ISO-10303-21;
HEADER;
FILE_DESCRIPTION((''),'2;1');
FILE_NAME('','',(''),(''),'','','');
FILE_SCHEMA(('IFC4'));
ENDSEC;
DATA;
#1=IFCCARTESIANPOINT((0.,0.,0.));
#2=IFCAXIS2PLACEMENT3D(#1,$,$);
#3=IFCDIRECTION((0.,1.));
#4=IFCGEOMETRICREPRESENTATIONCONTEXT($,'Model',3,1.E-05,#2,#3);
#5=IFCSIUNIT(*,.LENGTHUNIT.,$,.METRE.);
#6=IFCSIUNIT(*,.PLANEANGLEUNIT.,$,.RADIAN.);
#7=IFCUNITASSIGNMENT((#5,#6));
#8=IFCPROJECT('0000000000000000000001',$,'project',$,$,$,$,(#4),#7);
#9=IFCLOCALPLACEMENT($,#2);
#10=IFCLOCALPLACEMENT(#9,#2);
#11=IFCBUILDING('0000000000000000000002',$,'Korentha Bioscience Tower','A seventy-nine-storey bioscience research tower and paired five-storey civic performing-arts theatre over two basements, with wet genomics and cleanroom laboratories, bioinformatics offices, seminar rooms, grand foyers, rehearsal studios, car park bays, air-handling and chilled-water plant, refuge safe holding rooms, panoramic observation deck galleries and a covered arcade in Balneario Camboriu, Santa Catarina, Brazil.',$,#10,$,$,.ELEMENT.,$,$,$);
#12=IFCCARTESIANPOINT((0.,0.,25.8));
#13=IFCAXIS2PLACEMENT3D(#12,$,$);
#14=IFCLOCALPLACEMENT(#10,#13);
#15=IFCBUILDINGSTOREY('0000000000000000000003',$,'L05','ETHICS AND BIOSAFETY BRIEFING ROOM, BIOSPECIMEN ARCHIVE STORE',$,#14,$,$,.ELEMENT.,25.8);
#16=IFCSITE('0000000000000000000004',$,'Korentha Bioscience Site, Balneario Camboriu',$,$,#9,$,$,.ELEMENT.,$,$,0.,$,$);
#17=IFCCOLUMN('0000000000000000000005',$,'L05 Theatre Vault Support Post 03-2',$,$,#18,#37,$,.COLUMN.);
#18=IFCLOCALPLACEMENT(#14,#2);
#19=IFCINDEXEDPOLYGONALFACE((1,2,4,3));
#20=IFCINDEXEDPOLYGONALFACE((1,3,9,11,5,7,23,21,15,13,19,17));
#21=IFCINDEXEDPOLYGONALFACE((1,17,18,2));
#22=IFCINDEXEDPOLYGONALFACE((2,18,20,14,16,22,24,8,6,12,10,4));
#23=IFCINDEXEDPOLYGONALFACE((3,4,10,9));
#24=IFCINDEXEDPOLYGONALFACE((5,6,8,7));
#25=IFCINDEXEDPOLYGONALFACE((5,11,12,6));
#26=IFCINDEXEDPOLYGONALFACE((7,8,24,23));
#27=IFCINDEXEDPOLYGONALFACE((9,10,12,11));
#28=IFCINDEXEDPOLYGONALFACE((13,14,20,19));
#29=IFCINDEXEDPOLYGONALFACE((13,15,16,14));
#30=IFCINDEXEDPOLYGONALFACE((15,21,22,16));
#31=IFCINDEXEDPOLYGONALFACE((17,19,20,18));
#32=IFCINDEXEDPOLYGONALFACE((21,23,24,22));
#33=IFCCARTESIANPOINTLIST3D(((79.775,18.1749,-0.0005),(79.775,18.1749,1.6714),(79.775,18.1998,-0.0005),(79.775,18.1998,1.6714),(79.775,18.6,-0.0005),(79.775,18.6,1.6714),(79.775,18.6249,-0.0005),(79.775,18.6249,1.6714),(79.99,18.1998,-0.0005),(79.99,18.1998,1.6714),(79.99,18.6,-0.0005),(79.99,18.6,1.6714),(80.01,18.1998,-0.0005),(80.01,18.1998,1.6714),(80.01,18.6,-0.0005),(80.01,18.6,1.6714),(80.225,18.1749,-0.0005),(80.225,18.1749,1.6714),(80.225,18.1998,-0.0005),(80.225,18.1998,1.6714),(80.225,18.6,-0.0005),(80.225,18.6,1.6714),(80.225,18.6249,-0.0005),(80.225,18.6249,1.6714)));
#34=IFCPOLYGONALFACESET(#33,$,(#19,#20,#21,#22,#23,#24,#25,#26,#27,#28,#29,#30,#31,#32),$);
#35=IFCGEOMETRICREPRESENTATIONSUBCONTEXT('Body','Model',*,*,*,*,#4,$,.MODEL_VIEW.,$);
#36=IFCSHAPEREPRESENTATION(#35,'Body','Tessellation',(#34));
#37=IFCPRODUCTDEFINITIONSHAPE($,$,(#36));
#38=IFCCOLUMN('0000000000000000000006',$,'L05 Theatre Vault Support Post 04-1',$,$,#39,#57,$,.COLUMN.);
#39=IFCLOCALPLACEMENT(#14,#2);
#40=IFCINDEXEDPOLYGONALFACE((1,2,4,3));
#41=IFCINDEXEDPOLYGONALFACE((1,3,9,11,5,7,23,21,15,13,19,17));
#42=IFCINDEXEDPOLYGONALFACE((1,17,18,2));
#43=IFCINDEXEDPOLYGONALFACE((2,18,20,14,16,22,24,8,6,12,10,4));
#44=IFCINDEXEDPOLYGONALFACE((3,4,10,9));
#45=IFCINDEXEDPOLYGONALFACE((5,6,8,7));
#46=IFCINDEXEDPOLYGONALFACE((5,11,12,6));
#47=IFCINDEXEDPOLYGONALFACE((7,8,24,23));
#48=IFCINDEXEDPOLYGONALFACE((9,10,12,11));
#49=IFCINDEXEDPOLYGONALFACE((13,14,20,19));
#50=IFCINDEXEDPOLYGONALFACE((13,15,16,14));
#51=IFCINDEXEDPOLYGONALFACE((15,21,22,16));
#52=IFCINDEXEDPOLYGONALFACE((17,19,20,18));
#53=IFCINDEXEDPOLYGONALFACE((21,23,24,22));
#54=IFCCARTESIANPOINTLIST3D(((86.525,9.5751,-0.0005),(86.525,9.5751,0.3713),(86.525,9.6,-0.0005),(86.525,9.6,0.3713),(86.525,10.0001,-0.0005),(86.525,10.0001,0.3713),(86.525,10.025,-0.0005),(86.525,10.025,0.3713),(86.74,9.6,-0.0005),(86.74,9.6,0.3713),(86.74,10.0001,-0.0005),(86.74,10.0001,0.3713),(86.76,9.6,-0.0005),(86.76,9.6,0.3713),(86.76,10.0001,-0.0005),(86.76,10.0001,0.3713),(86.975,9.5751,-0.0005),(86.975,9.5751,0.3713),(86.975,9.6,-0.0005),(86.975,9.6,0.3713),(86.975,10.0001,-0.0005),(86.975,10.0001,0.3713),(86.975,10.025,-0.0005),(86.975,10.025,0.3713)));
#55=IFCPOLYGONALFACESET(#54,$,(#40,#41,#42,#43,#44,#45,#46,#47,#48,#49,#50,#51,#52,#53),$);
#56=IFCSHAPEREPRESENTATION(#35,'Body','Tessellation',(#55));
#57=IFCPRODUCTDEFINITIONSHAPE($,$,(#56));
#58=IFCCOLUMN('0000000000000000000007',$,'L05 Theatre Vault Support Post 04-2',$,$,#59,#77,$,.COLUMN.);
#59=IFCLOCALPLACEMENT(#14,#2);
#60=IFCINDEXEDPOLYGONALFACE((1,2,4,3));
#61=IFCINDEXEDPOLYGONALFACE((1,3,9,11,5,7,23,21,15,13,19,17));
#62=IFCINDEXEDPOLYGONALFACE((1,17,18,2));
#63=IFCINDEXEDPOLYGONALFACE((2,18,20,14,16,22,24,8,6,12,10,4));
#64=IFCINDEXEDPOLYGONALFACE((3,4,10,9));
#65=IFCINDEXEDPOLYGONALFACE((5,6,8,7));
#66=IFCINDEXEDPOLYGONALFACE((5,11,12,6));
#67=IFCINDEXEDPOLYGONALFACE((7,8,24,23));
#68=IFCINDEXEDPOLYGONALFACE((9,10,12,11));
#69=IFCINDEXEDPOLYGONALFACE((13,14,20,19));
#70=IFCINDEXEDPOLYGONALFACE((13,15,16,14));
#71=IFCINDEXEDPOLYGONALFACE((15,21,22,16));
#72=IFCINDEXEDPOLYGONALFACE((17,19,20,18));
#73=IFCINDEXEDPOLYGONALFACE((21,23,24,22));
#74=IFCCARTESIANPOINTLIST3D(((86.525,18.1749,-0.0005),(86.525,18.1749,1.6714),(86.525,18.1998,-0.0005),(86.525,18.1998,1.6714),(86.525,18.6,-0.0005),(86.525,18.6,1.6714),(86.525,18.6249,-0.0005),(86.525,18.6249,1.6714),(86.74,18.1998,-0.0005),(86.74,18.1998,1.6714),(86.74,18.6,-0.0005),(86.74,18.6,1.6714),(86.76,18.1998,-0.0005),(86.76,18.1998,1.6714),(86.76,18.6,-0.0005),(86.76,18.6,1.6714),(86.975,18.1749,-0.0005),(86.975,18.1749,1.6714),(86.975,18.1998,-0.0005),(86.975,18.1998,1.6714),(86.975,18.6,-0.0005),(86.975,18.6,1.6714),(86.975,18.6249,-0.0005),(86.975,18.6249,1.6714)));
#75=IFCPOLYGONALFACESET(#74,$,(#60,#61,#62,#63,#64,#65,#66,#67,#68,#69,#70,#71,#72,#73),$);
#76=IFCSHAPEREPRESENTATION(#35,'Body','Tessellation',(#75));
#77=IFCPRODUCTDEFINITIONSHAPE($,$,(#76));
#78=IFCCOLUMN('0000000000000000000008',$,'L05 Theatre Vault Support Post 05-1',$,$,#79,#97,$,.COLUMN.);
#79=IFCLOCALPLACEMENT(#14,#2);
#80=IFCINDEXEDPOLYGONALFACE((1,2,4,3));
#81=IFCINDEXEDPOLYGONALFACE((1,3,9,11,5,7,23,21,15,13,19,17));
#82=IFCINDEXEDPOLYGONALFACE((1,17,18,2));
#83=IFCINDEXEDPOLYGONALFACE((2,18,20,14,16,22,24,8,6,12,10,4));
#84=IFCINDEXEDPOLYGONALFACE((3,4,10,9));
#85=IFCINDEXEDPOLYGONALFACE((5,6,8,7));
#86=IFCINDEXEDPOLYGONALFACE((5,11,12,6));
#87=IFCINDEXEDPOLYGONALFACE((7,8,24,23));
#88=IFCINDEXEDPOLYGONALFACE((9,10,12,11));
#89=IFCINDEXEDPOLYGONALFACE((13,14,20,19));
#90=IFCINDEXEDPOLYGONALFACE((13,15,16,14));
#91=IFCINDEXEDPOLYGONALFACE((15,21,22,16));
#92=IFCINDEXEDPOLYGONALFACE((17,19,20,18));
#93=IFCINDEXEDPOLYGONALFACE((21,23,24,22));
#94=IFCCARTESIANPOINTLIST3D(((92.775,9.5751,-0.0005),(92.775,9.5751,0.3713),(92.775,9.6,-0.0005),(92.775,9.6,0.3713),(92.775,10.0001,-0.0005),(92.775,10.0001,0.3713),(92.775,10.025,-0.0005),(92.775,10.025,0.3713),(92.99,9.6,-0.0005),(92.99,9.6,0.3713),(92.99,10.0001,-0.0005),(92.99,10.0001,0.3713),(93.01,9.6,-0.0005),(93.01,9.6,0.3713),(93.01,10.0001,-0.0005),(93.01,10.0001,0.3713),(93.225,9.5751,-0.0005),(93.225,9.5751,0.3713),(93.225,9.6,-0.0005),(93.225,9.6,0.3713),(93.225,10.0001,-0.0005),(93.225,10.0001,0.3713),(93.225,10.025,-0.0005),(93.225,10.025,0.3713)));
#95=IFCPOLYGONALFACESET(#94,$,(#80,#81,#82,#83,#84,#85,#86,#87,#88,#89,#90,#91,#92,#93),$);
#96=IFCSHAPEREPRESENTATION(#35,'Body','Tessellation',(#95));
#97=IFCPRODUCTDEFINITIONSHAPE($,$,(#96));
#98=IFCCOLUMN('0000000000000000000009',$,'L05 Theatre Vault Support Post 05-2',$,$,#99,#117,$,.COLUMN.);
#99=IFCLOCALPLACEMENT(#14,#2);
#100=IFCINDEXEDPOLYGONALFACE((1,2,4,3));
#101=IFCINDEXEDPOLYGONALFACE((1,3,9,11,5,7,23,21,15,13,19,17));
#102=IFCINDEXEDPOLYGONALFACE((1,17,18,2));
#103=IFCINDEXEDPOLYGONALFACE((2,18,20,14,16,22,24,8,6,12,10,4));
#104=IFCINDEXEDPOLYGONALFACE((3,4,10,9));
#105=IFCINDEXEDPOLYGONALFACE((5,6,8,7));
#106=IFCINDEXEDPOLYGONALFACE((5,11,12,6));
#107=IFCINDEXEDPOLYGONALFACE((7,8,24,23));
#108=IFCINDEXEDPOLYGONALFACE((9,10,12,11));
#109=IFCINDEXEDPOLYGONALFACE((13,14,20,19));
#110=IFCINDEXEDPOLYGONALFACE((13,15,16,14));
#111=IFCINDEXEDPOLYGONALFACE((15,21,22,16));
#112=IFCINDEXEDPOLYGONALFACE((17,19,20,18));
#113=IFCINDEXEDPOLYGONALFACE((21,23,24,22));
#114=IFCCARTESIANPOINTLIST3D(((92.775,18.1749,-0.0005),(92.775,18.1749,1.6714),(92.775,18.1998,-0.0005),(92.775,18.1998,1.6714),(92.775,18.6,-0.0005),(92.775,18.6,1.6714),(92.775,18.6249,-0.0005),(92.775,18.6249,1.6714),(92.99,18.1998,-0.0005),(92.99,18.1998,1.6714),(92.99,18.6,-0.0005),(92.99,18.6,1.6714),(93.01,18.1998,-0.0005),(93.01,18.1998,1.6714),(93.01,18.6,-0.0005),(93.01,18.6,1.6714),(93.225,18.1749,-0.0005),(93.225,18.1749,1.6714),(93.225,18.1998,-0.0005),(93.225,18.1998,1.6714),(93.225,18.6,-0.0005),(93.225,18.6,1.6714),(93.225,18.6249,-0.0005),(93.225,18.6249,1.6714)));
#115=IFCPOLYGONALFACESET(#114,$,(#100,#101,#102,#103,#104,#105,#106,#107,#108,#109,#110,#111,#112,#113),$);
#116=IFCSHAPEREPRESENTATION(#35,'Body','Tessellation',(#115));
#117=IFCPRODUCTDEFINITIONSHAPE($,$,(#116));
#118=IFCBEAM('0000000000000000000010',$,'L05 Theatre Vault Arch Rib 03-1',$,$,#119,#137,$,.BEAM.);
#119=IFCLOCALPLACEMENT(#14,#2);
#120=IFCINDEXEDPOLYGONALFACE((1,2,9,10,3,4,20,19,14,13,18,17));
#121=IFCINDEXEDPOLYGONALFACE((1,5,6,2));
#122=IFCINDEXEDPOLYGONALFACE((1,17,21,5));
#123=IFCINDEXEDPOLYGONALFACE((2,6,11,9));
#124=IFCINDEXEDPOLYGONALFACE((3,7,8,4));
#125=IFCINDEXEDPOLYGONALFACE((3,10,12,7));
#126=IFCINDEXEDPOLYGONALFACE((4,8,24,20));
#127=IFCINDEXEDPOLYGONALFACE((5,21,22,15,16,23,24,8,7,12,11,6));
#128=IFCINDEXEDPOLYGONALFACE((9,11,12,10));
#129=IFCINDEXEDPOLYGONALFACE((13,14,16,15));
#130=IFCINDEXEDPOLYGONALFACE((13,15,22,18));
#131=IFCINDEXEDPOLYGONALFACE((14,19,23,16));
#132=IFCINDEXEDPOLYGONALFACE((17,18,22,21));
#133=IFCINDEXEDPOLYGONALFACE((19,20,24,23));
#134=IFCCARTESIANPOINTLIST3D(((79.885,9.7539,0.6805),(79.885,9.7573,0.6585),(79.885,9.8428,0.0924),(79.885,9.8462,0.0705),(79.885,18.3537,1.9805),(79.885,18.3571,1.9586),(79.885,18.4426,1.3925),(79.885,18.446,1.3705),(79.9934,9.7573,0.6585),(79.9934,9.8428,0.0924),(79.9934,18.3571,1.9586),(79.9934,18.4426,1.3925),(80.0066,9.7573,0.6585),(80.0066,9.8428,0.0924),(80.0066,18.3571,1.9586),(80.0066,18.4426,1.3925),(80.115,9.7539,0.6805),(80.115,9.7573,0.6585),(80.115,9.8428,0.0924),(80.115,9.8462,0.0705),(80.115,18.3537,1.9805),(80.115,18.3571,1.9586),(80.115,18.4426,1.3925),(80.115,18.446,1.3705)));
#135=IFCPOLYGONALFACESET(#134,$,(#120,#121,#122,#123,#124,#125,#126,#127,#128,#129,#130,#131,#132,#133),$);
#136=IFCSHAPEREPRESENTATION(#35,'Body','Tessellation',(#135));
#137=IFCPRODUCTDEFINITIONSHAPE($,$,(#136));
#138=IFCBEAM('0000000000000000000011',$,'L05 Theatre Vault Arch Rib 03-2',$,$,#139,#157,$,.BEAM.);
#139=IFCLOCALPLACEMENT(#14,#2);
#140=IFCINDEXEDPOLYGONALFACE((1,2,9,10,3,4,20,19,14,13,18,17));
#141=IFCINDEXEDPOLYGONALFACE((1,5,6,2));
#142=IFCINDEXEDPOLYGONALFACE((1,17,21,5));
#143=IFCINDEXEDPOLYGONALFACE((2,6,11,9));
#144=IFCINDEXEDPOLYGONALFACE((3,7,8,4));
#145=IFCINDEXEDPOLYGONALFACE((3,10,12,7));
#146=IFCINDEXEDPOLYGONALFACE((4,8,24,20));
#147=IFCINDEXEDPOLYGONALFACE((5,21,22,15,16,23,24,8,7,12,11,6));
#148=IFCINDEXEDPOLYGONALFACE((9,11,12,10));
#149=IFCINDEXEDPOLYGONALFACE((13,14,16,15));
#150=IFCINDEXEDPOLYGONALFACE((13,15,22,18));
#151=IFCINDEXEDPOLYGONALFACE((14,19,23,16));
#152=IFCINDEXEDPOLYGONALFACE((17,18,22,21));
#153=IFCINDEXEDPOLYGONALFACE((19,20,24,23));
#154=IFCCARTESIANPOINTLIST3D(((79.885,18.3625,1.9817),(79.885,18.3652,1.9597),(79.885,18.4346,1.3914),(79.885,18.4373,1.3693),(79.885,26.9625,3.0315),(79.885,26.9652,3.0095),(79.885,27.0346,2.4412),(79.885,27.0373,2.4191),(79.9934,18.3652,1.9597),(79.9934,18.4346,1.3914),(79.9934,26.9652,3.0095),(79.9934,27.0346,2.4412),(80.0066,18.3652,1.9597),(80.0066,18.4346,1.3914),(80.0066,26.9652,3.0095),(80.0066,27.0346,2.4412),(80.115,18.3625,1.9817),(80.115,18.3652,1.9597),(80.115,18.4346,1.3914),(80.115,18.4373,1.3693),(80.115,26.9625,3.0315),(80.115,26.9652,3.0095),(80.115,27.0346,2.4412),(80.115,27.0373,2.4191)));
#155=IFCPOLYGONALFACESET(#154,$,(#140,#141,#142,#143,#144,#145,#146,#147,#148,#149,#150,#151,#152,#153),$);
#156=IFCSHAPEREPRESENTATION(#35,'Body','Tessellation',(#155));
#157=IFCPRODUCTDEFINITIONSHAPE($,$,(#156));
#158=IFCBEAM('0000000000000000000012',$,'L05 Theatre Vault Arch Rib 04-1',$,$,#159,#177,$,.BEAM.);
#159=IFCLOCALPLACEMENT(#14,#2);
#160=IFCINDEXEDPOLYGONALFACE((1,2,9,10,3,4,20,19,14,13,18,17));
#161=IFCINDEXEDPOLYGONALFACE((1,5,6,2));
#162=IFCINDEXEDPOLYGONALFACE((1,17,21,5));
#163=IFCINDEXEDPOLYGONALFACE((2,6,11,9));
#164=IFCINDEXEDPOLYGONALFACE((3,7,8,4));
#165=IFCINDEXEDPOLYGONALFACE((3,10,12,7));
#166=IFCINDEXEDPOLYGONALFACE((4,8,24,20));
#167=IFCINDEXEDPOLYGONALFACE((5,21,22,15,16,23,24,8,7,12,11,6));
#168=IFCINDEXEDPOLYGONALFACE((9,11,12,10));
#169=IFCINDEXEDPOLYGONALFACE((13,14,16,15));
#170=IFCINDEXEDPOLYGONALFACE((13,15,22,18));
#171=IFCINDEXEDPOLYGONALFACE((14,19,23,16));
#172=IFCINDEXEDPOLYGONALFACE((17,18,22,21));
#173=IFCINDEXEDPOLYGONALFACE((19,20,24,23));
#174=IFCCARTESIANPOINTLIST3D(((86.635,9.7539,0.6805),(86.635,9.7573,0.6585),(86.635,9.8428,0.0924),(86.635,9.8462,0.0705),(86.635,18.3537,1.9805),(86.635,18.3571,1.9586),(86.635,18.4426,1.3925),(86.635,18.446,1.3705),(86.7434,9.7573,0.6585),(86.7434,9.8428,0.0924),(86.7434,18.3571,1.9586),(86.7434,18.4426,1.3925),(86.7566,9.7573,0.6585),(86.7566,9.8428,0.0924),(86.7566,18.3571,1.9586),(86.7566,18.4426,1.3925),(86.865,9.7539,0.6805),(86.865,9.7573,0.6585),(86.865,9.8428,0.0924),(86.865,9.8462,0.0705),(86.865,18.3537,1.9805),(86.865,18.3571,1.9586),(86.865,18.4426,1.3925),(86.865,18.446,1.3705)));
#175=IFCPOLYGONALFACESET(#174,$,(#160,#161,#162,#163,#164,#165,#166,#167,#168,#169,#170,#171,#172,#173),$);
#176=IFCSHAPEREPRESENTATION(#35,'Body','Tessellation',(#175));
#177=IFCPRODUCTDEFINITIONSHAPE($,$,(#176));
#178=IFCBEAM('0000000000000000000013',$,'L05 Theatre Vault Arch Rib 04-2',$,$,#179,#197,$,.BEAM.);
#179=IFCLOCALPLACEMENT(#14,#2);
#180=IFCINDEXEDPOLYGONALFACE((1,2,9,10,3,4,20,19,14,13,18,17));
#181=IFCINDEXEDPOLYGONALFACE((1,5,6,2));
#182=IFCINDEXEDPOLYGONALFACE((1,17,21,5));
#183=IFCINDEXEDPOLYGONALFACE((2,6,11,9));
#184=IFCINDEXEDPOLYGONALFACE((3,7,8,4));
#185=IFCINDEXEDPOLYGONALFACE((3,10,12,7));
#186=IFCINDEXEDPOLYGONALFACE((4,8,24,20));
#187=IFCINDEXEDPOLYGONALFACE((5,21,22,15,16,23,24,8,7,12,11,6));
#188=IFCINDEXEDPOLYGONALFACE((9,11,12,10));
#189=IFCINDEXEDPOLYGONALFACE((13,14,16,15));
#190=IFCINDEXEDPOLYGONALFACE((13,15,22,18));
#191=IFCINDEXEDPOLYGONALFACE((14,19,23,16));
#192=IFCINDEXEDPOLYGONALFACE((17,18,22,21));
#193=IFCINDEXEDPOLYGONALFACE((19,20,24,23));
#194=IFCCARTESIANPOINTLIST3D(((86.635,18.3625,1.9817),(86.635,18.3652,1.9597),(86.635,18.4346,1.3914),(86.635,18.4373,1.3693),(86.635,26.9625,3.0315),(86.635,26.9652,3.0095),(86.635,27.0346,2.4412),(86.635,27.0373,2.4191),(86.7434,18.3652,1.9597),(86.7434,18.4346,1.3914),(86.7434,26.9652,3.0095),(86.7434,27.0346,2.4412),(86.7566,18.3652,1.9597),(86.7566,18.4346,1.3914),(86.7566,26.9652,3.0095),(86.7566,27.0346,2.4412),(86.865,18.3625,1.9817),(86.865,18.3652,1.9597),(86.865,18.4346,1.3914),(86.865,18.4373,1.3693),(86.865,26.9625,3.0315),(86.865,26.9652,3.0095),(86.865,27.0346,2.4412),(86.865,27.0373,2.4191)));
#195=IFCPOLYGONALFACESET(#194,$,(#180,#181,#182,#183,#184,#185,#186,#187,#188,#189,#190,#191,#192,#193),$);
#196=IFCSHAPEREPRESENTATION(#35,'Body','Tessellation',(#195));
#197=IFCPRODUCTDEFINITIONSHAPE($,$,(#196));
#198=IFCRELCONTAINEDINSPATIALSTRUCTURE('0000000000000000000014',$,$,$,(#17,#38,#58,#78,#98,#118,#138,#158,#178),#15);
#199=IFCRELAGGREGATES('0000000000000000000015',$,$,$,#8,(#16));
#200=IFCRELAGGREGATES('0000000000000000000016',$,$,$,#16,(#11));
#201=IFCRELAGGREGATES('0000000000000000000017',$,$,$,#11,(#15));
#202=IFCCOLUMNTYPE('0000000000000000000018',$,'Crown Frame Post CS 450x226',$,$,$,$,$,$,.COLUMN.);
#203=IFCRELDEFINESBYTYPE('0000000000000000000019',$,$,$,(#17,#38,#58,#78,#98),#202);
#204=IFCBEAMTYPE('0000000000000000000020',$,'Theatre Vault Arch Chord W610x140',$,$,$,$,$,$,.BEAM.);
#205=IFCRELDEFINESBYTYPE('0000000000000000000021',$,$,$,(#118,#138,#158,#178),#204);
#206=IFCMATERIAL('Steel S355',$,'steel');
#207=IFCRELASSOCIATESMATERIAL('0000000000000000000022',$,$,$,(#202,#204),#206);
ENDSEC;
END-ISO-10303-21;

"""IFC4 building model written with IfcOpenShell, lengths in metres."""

from ifc_helpers import new_model, si_unit, direction, frame, origin, origin_2d, place, context, subcontext, project, spatial, i_section, extrude, material, material_profile, profile_set, type_object, element, save


model = new_model("IFC4")

# Units and contexts
model_context = context("Model", 3, precision=1e-05, world=origin(), true_north=direction((0.0, 1.0)))
body_context = subcontext(model_context, "Body", "Model", "MODEL_VIEW")
ifc_project = project(units=[si_unit("LENGTHUNIT", "METRE"), si_unit("PLANEANGLEUNIT", "RADIAN")], contexts=[model_context])

# Site, building, storey
site_placement = place(None, origin())
site = spatial("IfcSite", under=ifc_project, at=site_placement, Name="Korentha Bioscience Site, Balneario Camboriu", CompositionType="ELEMENT", RefElevation=0.0)
building_placement = place(site_placement, origin())
building = spatial("IfcBuilding", under=site, at=building_placement, Name="Korentha Bioscience Tower", Description="A seventy-nine-storey bioscience research tower and paired five-storey civic performing-arts theatre over two basements, with wet genomics and cleanroom laboratories, bioinformatics offices, seminar rooms, grand foyers, rehearsal studios, car park bays, air-handling and chilled-water plant, refuge safe holding rooms, panoramic observation deck galleries and a covered arcade in Balneario Camboriu, Santa Catarina, Brazil.", CompositionType="ELEMENT")
storey_placement = place(building_placement, frame((0.0, 0.0, 25.8)))
storey = spatial("IfcBuildingStorey", under=building, at=storey_placement, Name="L05", Description="ETHICS AND BIOSAFETY BRIEFING ROOM, BIOSPECIMEN ARCHIVE STORE", CompositionType="ELEMENT", Elevation=25.8)

# Columns
ifc_material = material(Name="Steel S355", Category="steel")
ifc_material_profile_1 = material_profile(ifc_material, i_section(OverallWidth=0.45, OverallDepth=0.45, WebThickness=0.02, FlangeThickness=0.0249, at=origin_2d()), Name="Steel S355")
ifc_profile_set_1 = profile_set([ifc_material_profile_1], Name="Steel S355 (CF-C1)")
column_type = type_object("IfcColumnType", Name="Crown Frame Post CS 450x226", PredefinedType="COLUMN", material=ifc_profile_set_1)
column_1_placement = place(storey_placement, frame((80.0, 18.3999, -0.0005), z_axis=(0.0, 0.0, 1.0), x_axis=(1.0, 0.0, 0.0)))
element("IfcColumn", 1, at=column_1_placement, inside=storey, type_object=column_type, Name="L05 Theatre Vault Support Post 03-2", PredefinedType="COLUMN", context=body_context, shape_type="SweptSolid", body=[
    extrude(i_section(OverallWidth=0.45, OverallDepth=0.45, WebThickness=0.02, FlangeThickness=0.0249, at=origin_2d()), origin(), (0.0, 0.0, 1.0), 1.6719),
])
column_2_placement = place(storey_placement, frame((86.75, 9.8, -0.0005), z_axis=(0.0, 0.0, 1.0), x_axis=(1.0, 0.0, 0.0)))
element("IfcColumn", 2, at=column_2_placement, inside=storey, type_object=column_type, Name="L05 Theatre Vault Support Post 04-1", PredefinedType="COLUMN", context=body_context, shape_type="SweptSolid", body=[
    extrude(i_section(OverallWidth=0.45, OverallDepth=0.45, WebThickness=0.02, FlangeThickness=0.0249, at=origin_2d()), origin(), (0.0, 0.0, 1.0), 0.3718),
])
column_3_placement = place(storey_placement, frame((86.75, 18.3999, -0.0005), z_axis=(0.0, 0.0, 1.0), x_axis=(1.0, 0.0, 0.0)))
element("IfcColumn", 3, at=column_3_placement, inside=storey, type_object=column_type, Name="L05 Theatre Vault Support Post 04-2", PredefinedType="COLUMN", context=body_context, shape_type="SweptSolid", body=[
    extrude(i_section(OverallWidth=0.45, OverallDepth=0.45, WebThickness=0.02, FlangeThickness=0.0249, at=origin_2d()), origin(), (0.0, 0.0, 1.0), 1.6719),
])
column_4_placement = place(storey_placement, frame((93.0, 9.8, -0.0005), z_axis=(0.0, 0.0, 1.0), x_axis=(1.0, 0.0, 0.0)))
element("IfcColumn", 4, at=column_4_placement, inside=storey, type_object=column_type, Name="L05 Theatre Vault Support Post 05-1", PredefinedType="COLUMN", context=body_context, shape_type="SweptSolid", body=[
    extrude(i_section(OverallWidth=0.45, OverallDepth=0.45, WebThickness=0.02, FlangeThickness=0.0249, at=origin_2d()), origin(), (0.0, 0.0, 1.0), 0.3718),
])
column_5_placement = place(storey_placement, frame((93.0, 18.3999, -0.0005), z_axis=(0.0, 0.0, 1.0), x_axis=(1.0, 0.0, 0.0)))
element("IfcColumn", 5, at=column_5_placement, inside=storey, type_object=column_type, Name="L05 Theatre Vault Support Post 05-2", PredefinedType="COLUMN", context=body_context, shape_type="SweptSolid", body=[
    extrude(i_section(OverallWidth=0.45, OverallDepth=0.45, WebThickness=0.02, FlangeThickness=0.0249, at=origin_2d()), origin(), (0.0, 0.0, 1.0), 1.6719),
])

# Beams
ifc_material_profile_2 = material_profile(ifc_material, i_section(OverallWidth=0.23, OverallDepth=0.6169, WebThickness=0.0132, FlangeThickness=0.0222, at=origin_2d()), Name="Steel S355")
ifc_profile_set_2 = profile_set([ifc_material_profile_2], Name="Steel S355 (TV-610)")
beam_type = type_object("IfcBeamType", Name="Theatre Vault Arch Chord W610x140", PredefinedType="BEAM", material=ifc_profile_set_2)
beam_1_placement = place(storey_placement, frame((80.0, 9.8, 0.3755), z_axis=(0.0, 0.988766, 0.149473), x_axis=(-1.0, 0.0, 0.0)))
element("IfcBeam", 6, at=beam_1_placement, inside=storey, type_object=beam_type, Name="L05 Theatre Vault Arch Rib 03-1", PredefinedType="BEAM", context=body_context, shape_type="SweptSolid", body=[
    extrude(i_section(OverallWidth=0.23, OverallDepth=0.6169, WebThickness=0.0132, FlangeThickness=0.0222, at=origin_2d()), origin(), (0.0, 0.0, 1.0), 8.6975),
])
beam_2_placement = place(storey_placement, frame((80.0, 18.3999, 1.6755), z_axis=(0.0, 0.992632, 0.12117), x_axis=(-1.0, 0.0, 0.0)))
element("IfcBeam", 7, at=beam_2_placement, inside=storey, type_object=beam_type, Name="L05 Theatre Vault Arch Rib 03-2", PredefinedType="BEAM", context=body_context, shape_type="SweptSolid", body=[
    extrude(i_section(OverallWidth=0.23, OverallDepth=0.6169, WebThickness=0.0132, FlangeThickness=0.0222, at=origin_2d()), origin(), (0.0, 0.0, 1.0), 8.6638),
])
beam_3_placement = place(storey_placement, frame((86.75, 9.8, 0.3755), z_axis=(0.0, 0.988766, 0.149473), x_axis=(-1.0, 0.0, 0.0)))
element("IfcBeam", 8, at=beam_3_placement, inside=storey, type_object=beam_type, Name="L05 Theatre Vault Arch Rib 04-1", PredefinedType="BEAM", context=body_context, shape_type="SweptSolid", body=[
    extrude(i_section(OverallWidth=0.23, OverallDepth=0.6169, WebThickness=0.0132, FlangeThickness=0.0222, at=origin_2d()), origin(), (0.0, 0.0, 1.0), 8.6975),
])
beam_4_placement = place(storey_placement, frame((86.75, 18.3999, 1.6755), z_axis=(0.0, 0.992632, 0.12117), x_axis=(-1.0, 0.0, 0.0)))
element("IfcBeam", 9, at=beam_4_placement, inside=storey, type_object=beam_type, Name="L05 Theatre Vault Arch Rib 04-2", PredefinedType="BEAM", context=body_context, shape_type="SweptSolid", body=[
    extrude(i_section(OverallWidth=0.23, OverallDepth=0.6169, WebThickness=0.0132, FlangeThickness=0.0222, at=origin_2d()), origin(), (0.0, 0.0, 1.0), 8.6638),
])

save(model, "model.ifc")
